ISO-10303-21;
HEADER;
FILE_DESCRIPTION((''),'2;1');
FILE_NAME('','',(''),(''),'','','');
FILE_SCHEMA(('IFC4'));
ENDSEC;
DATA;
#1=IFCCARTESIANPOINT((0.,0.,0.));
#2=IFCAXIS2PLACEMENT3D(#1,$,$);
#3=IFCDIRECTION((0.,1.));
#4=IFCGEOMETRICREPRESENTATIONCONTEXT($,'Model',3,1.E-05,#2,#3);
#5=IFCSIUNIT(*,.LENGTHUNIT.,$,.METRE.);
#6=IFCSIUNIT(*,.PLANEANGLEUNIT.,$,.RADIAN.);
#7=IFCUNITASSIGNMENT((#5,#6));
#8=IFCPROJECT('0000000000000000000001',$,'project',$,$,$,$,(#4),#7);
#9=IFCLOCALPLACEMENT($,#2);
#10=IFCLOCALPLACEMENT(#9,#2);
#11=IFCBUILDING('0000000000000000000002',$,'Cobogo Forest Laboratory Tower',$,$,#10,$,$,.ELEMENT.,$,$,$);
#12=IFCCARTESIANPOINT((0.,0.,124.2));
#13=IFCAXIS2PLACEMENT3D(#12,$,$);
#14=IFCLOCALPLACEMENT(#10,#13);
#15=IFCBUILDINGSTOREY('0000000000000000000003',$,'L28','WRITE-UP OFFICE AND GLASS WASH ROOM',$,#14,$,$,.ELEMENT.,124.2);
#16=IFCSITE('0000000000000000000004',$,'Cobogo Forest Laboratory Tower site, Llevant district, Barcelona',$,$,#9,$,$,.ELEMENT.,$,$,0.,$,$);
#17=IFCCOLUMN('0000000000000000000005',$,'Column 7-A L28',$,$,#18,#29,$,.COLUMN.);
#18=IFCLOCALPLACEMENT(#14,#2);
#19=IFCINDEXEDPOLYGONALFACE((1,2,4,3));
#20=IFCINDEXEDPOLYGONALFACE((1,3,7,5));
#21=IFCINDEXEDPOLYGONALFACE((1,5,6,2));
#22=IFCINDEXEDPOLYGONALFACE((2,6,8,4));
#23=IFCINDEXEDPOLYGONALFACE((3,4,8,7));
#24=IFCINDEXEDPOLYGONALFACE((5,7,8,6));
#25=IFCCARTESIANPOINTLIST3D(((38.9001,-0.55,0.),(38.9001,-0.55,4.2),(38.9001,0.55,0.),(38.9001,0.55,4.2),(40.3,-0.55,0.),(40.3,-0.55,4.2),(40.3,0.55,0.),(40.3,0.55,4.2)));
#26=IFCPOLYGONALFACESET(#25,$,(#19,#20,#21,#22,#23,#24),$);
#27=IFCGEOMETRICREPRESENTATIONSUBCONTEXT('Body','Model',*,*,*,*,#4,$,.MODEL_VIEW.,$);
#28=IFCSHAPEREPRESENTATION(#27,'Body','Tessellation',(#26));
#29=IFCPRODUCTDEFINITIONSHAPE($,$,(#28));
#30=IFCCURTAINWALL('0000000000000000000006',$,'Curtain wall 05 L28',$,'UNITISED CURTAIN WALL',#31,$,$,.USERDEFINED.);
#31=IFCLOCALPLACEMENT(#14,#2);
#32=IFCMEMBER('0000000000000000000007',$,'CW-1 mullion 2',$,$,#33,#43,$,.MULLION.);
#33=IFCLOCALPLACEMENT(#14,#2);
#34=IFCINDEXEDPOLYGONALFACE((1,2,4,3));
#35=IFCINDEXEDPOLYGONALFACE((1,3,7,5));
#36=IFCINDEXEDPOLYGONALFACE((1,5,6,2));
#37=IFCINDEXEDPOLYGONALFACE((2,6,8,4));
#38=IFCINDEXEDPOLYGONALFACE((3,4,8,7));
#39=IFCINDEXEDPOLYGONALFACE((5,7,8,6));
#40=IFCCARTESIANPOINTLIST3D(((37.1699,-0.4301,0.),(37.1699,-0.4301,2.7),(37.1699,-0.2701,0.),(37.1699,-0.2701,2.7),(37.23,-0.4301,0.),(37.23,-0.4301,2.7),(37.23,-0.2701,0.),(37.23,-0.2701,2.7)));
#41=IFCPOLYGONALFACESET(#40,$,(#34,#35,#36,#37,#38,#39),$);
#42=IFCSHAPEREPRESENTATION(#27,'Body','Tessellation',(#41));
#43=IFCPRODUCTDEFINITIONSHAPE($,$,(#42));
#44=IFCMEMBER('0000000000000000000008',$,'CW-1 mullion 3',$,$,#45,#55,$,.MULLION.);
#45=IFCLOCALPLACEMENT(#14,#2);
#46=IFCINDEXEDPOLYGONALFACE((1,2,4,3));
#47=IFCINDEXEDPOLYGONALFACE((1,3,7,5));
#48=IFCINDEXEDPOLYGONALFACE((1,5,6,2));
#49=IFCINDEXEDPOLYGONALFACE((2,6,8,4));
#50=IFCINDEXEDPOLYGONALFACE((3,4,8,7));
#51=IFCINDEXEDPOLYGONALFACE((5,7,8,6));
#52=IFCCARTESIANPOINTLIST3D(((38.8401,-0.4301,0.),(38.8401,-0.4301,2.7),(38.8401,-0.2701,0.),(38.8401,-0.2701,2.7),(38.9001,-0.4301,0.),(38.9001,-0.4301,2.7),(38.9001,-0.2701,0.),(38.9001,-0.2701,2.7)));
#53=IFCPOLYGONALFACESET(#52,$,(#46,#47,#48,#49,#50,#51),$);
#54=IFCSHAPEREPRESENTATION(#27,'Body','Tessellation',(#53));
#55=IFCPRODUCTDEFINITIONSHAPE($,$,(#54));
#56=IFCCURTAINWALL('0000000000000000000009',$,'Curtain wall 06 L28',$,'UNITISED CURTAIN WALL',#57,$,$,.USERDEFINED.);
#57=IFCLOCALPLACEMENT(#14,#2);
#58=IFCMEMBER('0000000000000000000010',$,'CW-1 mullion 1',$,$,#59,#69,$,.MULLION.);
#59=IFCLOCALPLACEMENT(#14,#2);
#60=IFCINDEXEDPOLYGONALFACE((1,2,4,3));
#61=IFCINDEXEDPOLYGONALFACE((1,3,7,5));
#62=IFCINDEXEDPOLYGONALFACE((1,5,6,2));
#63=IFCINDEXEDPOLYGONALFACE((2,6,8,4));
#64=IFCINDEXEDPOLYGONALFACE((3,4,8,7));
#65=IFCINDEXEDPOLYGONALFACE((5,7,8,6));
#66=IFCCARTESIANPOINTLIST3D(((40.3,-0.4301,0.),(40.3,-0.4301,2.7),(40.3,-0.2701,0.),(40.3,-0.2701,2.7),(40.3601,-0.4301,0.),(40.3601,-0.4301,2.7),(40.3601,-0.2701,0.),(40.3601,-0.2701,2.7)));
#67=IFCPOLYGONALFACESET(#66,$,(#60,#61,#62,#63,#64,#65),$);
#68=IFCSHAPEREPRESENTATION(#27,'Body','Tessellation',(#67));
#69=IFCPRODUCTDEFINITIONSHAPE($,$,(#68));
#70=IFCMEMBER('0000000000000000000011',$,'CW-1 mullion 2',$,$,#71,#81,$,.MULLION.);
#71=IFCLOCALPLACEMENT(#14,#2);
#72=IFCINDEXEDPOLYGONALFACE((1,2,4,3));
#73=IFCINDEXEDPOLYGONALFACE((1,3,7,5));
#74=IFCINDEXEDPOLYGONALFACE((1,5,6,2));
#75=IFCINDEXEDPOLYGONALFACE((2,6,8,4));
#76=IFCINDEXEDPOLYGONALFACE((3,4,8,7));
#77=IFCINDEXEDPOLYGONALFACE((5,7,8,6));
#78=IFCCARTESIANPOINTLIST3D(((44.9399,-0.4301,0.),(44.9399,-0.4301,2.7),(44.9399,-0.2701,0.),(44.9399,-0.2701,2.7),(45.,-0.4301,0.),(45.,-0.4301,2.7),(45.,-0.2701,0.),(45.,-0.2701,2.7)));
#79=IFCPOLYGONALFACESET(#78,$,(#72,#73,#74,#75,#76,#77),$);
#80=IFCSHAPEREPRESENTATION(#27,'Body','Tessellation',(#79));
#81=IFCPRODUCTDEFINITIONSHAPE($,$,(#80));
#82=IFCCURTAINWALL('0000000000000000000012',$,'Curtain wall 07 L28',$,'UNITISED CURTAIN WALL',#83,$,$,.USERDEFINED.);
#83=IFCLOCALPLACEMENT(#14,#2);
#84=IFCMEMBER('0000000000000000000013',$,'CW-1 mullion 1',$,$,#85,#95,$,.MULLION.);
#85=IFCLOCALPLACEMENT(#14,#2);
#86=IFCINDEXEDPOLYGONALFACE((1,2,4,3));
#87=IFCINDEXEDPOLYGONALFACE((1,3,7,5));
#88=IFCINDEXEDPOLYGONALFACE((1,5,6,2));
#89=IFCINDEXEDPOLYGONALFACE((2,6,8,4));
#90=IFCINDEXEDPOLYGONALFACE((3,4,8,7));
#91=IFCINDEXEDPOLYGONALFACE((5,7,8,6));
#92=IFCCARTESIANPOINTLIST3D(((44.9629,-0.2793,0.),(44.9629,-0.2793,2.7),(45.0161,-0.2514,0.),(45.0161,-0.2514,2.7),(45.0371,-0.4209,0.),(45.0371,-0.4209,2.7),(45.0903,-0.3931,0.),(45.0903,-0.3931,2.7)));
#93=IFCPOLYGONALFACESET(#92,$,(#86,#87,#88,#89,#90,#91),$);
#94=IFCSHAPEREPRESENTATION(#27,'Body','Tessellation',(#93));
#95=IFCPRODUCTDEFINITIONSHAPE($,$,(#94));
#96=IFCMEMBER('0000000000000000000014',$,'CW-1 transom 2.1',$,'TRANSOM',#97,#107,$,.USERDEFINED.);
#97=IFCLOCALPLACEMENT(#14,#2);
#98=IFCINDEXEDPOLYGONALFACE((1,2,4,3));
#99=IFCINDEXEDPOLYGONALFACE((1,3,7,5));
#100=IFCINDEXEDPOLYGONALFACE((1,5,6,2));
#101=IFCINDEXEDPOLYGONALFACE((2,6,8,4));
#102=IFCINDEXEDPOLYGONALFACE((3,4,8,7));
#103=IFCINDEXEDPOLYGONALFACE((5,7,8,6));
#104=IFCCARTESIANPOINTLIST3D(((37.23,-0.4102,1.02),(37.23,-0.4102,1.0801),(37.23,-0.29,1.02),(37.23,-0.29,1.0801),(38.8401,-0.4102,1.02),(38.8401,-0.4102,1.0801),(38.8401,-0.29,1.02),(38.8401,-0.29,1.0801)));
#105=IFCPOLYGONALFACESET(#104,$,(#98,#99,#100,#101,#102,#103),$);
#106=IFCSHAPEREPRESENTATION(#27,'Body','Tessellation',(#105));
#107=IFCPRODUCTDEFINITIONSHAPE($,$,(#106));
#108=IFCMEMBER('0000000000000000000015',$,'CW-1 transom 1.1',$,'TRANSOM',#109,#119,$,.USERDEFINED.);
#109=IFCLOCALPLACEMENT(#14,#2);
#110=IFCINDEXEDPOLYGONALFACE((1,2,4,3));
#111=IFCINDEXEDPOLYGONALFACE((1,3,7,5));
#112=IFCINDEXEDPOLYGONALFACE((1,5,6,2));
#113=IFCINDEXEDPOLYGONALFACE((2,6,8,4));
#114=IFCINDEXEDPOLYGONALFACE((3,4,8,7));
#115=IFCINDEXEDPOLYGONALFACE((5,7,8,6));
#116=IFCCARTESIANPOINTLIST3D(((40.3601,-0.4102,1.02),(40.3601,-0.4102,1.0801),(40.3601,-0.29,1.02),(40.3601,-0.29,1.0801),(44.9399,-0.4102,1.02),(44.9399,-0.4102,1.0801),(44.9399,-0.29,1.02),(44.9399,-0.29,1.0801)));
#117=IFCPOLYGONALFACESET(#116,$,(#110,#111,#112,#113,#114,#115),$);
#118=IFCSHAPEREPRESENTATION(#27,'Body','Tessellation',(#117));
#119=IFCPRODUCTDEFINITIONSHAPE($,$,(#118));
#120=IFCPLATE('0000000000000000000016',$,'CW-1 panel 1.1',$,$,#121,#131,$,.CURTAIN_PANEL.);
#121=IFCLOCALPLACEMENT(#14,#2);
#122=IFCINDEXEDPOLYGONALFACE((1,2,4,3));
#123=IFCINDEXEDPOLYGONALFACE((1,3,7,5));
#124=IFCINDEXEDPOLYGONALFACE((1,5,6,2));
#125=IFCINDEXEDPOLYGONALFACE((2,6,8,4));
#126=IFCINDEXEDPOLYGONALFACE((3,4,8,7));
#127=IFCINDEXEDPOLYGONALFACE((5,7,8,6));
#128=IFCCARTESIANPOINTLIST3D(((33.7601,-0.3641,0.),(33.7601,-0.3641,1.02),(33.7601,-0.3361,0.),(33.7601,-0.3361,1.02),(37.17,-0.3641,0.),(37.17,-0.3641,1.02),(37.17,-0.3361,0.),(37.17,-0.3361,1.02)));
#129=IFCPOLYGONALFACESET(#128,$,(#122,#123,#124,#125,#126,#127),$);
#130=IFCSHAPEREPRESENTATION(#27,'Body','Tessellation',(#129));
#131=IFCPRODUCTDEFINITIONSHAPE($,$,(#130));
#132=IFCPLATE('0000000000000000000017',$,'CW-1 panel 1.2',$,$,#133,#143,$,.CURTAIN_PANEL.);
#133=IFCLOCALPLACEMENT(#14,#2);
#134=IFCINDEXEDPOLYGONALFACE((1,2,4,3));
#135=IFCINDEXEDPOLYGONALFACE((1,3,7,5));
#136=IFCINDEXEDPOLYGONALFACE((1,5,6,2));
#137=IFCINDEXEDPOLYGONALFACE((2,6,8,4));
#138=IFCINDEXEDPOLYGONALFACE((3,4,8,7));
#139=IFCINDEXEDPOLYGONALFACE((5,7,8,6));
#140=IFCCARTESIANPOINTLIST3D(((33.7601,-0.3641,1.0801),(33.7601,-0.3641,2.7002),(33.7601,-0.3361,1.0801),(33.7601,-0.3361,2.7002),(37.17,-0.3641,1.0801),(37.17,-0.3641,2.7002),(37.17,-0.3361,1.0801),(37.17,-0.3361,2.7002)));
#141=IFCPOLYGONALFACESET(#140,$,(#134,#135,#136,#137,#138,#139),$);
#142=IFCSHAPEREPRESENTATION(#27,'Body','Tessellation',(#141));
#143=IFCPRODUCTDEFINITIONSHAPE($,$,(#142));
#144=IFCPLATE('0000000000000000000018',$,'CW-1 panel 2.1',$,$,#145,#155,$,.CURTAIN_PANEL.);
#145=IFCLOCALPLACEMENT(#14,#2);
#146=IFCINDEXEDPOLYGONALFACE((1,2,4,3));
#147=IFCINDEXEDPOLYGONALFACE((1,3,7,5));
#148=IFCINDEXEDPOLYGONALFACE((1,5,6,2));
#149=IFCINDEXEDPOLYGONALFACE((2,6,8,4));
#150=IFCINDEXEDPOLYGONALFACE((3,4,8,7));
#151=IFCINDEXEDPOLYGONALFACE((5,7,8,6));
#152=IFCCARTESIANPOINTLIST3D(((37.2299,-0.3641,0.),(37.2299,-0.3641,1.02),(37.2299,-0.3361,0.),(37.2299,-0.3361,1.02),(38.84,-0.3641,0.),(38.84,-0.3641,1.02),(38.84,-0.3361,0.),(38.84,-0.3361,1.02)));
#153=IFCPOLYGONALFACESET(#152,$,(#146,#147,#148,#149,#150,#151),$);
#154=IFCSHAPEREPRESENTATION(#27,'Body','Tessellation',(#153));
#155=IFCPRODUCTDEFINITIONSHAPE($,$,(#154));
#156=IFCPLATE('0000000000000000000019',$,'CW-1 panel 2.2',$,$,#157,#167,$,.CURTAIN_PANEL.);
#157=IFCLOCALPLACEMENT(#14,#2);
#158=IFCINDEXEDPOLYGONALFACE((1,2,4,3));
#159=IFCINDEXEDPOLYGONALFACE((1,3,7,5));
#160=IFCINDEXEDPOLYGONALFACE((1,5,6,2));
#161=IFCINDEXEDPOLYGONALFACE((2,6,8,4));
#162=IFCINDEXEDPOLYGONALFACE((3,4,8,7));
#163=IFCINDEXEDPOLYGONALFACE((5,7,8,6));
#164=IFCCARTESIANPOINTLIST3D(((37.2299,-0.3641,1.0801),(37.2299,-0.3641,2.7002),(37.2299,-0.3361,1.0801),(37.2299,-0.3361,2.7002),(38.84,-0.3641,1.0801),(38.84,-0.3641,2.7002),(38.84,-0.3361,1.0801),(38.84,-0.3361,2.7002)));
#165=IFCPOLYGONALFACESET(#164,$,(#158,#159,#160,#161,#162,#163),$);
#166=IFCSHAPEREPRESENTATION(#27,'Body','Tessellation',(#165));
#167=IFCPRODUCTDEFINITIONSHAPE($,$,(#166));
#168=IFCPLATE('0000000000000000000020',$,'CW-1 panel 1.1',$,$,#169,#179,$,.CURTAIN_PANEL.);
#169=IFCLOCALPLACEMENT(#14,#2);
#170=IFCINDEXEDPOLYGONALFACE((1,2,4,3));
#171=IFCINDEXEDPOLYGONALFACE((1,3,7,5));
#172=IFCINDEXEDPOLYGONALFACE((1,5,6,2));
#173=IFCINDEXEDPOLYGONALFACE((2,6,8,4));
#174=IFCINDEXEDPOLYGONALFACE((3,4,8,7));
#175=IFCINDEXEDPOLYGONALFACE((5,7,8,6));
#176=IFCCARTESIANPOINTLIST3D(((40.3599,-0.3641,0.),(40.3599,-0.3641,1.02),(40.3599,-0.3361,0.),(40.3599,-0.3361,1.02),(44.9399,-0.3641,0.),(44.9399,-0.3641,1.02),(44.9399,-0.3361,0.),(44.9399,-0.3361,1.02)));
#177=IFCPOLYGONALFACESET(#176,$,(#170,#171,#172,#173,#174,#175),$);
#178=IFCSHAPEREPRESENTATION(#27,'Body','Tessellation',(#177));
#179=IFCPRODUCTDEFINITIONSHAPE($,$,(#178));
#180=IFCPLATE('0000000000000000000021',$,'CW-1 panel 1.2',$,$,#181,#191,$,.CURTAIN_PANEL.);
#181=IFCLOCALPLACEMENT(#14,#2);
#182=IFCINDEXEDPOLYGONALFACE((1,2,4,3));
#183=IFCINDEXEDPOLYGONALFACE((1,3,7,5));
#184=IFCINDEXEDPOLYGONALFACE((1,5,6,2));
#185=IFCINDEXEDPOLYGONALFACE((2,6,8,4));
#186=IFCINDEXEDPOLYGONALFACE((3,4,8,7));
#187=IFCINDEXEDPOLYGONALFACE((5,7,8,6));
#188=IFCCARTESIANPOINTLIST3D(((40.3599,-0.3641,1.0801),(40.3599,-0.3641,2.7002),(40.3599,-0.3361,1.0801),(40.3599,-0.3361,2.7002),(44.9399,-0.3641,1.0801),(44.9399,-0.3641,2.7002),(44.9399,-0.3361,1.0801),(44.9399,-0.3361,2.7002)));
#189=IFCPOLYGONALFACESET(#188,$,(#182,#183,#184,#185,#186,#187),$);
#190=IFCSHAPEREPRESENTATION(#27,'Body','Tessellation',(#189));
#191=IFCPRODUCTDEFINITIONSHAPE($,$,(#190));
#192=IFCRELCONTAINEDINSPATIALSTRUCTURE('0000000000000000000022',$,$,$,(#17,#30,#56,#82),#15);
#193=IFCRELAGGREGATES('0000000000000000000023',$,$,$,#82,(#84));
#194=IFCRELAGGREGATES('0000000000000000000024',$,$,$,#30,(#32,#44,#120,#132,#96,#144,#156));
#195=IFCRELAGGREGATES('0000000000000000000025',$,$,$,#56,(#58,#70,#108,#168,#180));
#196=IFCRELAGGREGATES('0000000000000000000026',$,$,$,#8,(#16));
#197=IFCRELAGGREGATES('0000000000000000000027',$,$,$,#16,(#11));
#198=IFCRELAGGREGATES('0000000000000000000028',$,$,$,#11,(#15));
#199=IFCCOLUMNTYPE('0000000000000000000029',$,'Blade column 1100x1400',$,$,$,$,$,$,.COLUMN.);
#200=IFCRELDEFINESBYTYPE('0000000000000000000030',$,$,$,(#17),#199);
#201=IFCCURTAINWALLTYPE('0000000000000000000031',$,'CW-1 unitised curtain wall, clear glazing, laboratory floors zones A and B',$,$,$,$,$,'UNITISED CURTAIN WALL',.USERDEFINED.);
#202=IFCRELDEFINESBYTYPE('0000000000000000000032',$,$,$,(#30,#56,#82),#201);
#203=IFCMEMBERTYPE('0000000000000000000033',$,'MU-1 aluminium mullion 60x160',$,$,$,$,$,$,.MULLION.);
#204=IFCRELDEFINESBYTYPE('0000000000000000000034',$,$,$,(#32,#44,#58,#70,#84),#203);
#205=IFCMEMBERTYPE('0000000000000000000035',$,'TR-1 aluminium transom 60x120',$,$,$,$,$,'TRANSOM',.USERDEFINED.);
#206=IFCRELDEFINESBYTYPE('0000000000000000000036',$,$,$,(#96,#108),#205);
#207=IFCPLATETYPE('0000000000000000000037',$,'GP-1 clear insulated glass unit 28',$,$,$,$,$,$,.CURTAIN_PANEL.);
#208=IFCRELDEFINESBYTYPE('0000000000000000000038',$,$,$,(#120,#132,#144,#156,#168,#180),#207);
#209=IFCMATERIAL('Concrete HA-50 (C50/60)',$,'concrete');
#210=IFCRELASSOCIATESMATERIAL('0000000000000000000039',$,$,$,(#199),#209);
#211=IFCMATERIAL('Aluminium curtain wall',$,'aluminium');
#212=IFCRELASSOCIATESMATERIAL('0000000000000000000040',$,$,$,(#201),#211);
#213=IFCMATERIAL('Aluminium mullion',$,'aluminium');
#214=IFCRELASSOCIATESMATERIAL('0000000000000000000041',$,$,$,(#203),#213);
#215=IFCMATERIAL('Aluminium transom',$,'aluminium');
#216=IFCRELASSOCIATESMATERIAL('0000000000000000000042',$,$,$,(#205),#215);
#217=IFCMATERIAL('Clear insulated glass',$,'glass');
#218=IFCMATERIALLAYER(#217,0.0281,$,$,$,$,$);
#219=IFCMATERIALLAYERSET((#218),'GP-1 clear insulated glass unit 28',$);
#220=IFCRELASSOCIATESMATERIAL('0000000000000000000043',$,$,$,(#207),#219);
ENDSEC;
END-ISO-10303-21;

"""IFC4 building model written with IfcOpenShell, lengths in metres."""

from ifc_helpers import new_model, si_unit, direction, frame, origin, origin_2d, place, context, subcontext, project, spatial, rectangle, extrude, material, layer, layer_set, material_profile, profile_set, type_object, element, aggregate, save


model = new_model("IFC4")

# Units and contexts
model_context = context("Model", 3, precision=1e-05, world=origin(), true_north=direction((0.0, 1.0)))
body_context = subcontext(model_context, "Body", "Model", "MODEL_VIEW")
ifc_project = project(units=[si_unit("LENGTHUNIT", "METRE"), si_unit("PLANEANGLEUNIT", "RADIAN")], contexts=[model_context])

# Site, building, storey
site_placement = place(None, origin())
site = spatial("IfcSite", under=ifc_project, at=site_placement, Name="Cobogo Forest Laboratory Tower site, Llevant district, Barcelona", CompositionType="ELEMENT", RefElevation=0.0)
building_placement = place(site_placement, origin())
building = spatial("IfcBuilding", under=site, at=building_placement, Name="Cobogo Forest Laboratory Tower", CompositionType="ELEMENT")
storey_placement = place(building_placement, frame((0.0, 0.0, 124.2)))
storey = spatial("IfcBuildingStorey", under=building, at=storey_placement, Name="L28", Description="WRITE-UP OFFICE AND GLASS WASH ROOM", CompositionType="ELEMENT", Elevation=124.2)

# Column
ifc_material_1 = material(Name="Concrete HA-50 (C50/60)", Category="concrete")
ifc_material_profile_1 = material_profile(ifc_material_1, rectangle(XDim=1.3999, YDim=1.1001, at=origin_2d()), Name="RC 1100x1400")
ifc_profile_set_1 = profile_set([ifc_material_profile_1], Name="Concrete HA-50 (C50/60)")
column_type = type_object("IfcColumnType", Name="Blade column 1100x1400", PredefinedType="COLUMN", material=ifc_profile_set_1)
column_placement = place(storey_placement, frame((39.6001, 0.0, 0.0), z_axis=(0.0, 0.0, 1.0), x_axis=(1.0, 0.0, 0.0)))
element("IfcColumn", 1, at=column_placement, inside=storey, type_object=column_type, Name="Column 7-A L28", PredefinedType="COLUMN", context=body_context, shape_type="SweptSolid", body=[
    extrude(rectangle(XDim=1.3999, YDim=1.1001, at=origin_2d()), origin(), (0.0, 0.0, 1.0), 4.2),
])

# Curtain walls, members
ifc_material_2 = material(Name="Aluminium curtain wall", Category="aluminium")
curtain_wall_type = type_object("IfcCurtainWallType", Name="CW-1 unitised curtain wall, clear glazing, laboratory floors zones A and B", ElementType="UNITISED CURTAIN WALL", PredefinedType="USERDEFINED", material=ifc_material_2)
curtain_wall_1_placement = place(storey_placement, origin())
curtain_wall_1 = element("IfcCurtainWall", 2, at=curtain_wall_1_placement, inside=storey, type_object=curtain_wall_type, Name="Curtain wall 05 L28", ObjectType="UNITISED CURTAIN WALL", PredefinedType="USERDEFINED")
ifc_material_3 = material(Name="Aluminium mullion", Category="aluminium")
ifc_material_profile_2 = material_profile(ifc_material_3, rectangle(XDim=0.0601, YDim=0.1599, at=origin_2d()), Name="AL 60x160")
ifc_profile_set_2 = profile_set([ifc_material_profile_2], Name="Aluminium mullion")
member_type_1 = type_object("IfcMemberType", Name="MU-1 aluminium mullion 60x160", PredefinedType="MULLION", material=ifc_profile_set_2)
member_1_placement = place(storey_placement, frame((37.2, -0.3501, 0.0), z_axis=(0.0, 0.0, 1.0), x_axis=(1.0, 0.0, 0.0)))
member_1 = element("IfcMember", 3, at=member_1_placement, type_object=member_type_1, Name="CW-1 mullion 2", PredefinedType="MULLION", context=body_context, shape_type="SweptSolid", body=[
    extrude(rectangle(XDim=0.0601, YDim=0.1599, at=origin_2d()), origin(), (0.0, 0.0, 1.0), 2.7),
])
member_2_placement = place(storey_placement, frame((38.8701, -0.3501, 0.0), z_axis=(0.0, 0.0, 1.0), x_axis=(1.0, 0.0, 0.0)))
member_2 = element("IfcMember", 4, at=member_2_placement, type_object=member_type_1, Name="CW-1 mullion 3", PredefinedType="MULLION", context=body_context, shape_type="SweptSolid", body=[
    extrude(rectangle(XDim=0.0601, YDim=0.1599, at=origin_2d()), origin(), (0.0, 0.0, 1.0), 2.7),
])
curtain_wall_2_placement = place(storey_placement, origin())
curtain_wall_2 = element("IfcCurtainWall", 5, at=curtain_wall_2_placement, inside=storey, type_object=curtain_wall_type, Name="Curtain wall 06 L28", ObjectType="UNITISED CURTAIN WALL", PredefinedType="USERDEFINED")
member_3_placement = place(storey_placement, frame((40.3301, -0.3501, 0.0), z_axis=(0.0, 0.0, 1.0), x_axis=(1.0, 0.0, 0.0)))
member_3 = element("IfcMember", 6, at=member_3_placement, type_object=member_type_1, Name="CW-1 mullion 1", PredefinedType="MULLION", context=body_context, shape_type="SweptSolid", body=[
    extrude(rectangle(XDim=0.0601, YDim=0.1599, at=origin_2d()), origin(), (0.0, 0.0, 1.0), 2.7),
])
member_4_placement = place(storey_placement, frame((44.97, -0.3501, 0.0), z_axis=(0.0, 0.0, 1.0), x_axis=(1.0, 0.0, 0.0)))
member_4 = element("IfcMember", 7, at=member_4_placement, type_object=member_type_1, Name="CW-1 mullion 2", PredefinedType="MULLION", context=body_context, shape_type="SweptSolid", body=[
    extrude(rectangle(XDim=0.0601, YDim=0.1599, at=origin_2d()), origin(), (0.0, 0.0, 1.0), 2.7),
])

# Curtain wall, member
curtain_wall_3_placement = place(storey_placement, origin())
curtain_wall_3 = element("IfcCurtainWall", 8, at=curtain_wall_3_placement, inside=storey, type_object=curtain_wall_type, Name="Curtain wall 07 L28", ObjectType="UNITISED CURTAIN WALL", PredefinedType="USERDEFINED")
member_5_placement = place(storey_placement, frame((45.0266, -0.3362, 0.0), z_axis=(0.0, 0.0, 1.0), x_axis=(0.885687, 0.464284, 0.0)))
member_5 = element("IfcMember", 9, at=member_5_placement, type_object=member_type_1, Name="CW-1 mullion 1", PredefinedType="MULLION", context=body_context, shape_type="SweptSolid", body=[
    extrude(rectangle(XDim=0.0601, YDim=0.1599, at=origin_2d()), origin(), (0.0, 0.0, 1.0), 2.7),
])
aggregate(curtain_wall_3, [member_5])

# Members
ifc_material_4 = material(Name="Aluminium transom", Category="aluminium")
ifc_material_profile_3 = material_profile(ifc_material_4, rectangle(XDim=0.1201, YDim=0.0601, at=origin_2d()), Name="AL 60x120")
ifc_profile_set_3 = profile_set([ifc_material_profile_3], Name="Aluminium transom")
member_type_2 = type_object("IfcMemberType", Name="TR-1 aluminium transom 60x120", ElementType="TRANSOM", PredefinedType="USERDEFINED", material=ifc_profile_set_3)
member_6_placement = place(storey_placement, frame((37.23, -0.3501, 1.05), z_axis=(1.0, 0.0, 0.0), x_axis=(0.0, 1.0, 0.0)))
member_6 = element("IfcMember", 10, at=member_6_placement, type_object=member_type_2, Name="CW-1 transom 2.1", ObjectType="TRANSOM", PredefinedType="USERDEFINED", context=body_context, shape_type="SweptSolid", body=[
    extrude(rectangle(XDim=0.1201, YDim=0.0601, at=origin_2d()), origin(), (0.0, 0.0, 1.0), 1.6101),
])
member_7_placement = place(storey_placement, frame((40.3601, -0.3501, 1.05), z_axis=(1.0, 0.0, 0.0), x_axis=(0.0, 1.0, 0.0)))
member_7 = element("IfcMember", 11, at=member_7_placement, type_object=member_type_2, Name="CW-1 transom 1.1", ObjectType="TRANSOM", PredefinedType="USERDEFINED", context=body_context, shape_type="SweptSolid", body=[
    extrude(rectangle(XDim=0.1201, YDim=0.0601, at=origin_2d()), origin(), (0.0, 0.0, 1.0), 4.5798),
])

# Plates
ifc_material_5 = material(Name="Clear insulated glass", Category="glass")
ifc_layer_1 = layer(ifc_material_5, 0.0281)
ifc_layer_set_1 = layer_set([ifc_layer_1], Name="GP-1 clear insulated glass unit 28")
plate_type = type_object("IfcPlateType", Name="GP-1 clear insulated glass unit 28", PredefinedType="CURTAIN_PANEL", material=ifc_layer_set_1)
plate_1_placement = place(storey_placement, frame((35.4651, -0.3501, 0.0), z_axis=(0.0, 0.0, 1.0), x_axis=(1.0, 0.0, 0.0)))
plate_1 = element("IfcPlate", 12, at=plate_1_placement, type_object=plate_type, Name="CW-1 panel 1.1", PredefinedType="CURTAIN_PANEL", context=body_context, shape_type="SweptSolid", body=[
    extrude(rectangle(XDim=3.4099, YDim=0.0281, at=origin_2d()), origin(), (0.0, 0.0, 1.0), 1.02),
])
plate_2_placement = place(storey_placement, frame((35.4651, -0.3501, 1.0801), z_axis=(0.0, 0.0, 1.0), x_axis=(1.0, 0.0, 0.0)))
plate_2 = element("IfcPlate", 13, at=plate_2_placement, type_object=plate_type, Name="CW-1 panel 1.2", PredefinedType="CURTAIN_PANEL", context=body_context, shape_type="SweptSolid", body=[
    extrude(rectangle(XDim=3.4099, YDim=0.0281, at=origin_2d()), origin(), (0.0, 0.0, 1.0), 1.6201),
])
plate_3_placement = place(storey_placement, frame((38.0349, -0.3501, 0.0), z_axis=(0.0, 0.0, 1.0), x_axis=(1.0, 0.0, 0.0)))
plate_3 = element("IfcPlate", 14, at=plate_3_placement, type_object=plate_type, Name="CW-1 panel 2.1", PredefinedType="CURTAIN_PANEL", context=body_context, shape_type="SweptSolid", body=[
    extrude(rectangle(XDim=1.6101, YDim=0.0281, at=origin_2d()), origin(), (0.0, 0.0, 1.0), 1.02),
])
plate_4_placement = place(storey_placement, frame((38.0349, -0.3501, 1.0801), z_axis=(0.0, 0.0, 1.0), x_axis=(1.0, 0.0, 0.0)))
plate_4 = element("IfcPlate", 15, at=plate_4_placement, type_object=plate_type, Name="CW-1 panel 2.2", PredefinedType="CURTAIN_PANEL", context=body_context, shape_type="SweptSolid", body=[
    extrude(rectangle(XDim=1.6101, YDim=0.0281, at=origin_2d()), origin(), (0.0, 0.0, 1.0), 1.6201),
])
aggregate(curtain_wall_1, [member_1, member_2, plate_1, plate_2, member_6, plate_3, plate_4])
plate_5_placement = place(storey_placement, frame((42.6499, -0.3501, 0.0), z_axis=(0.0, 0.0, 1.0), x_axis=(1.0, 0.0, 0.0)))
plate_5 = element("IfcPlate", 16, at=plate_5_placement, type_object=plate_type, Name="CW-1 panel 1.1", PredefinedType="CURTAIN_PANEL", context=body_context, shape_type="SweptSolid", body=[
    extrude(rectangle(XDim=4.5801, YDim=0.0281, at=origin_2d()), origin(), (0.0, 0.0, 1.0), 1.02),
])
plate_6_placement = place(storey_placement, frame((42.6499, -0.3501, 1.0801), z_axis=(0.0, 0.0, 1.0), x_axis=(1.0, 0.0, 0.0)))
plate_6 = element("IfcPlate", 17, at=plate_6_placement, type_object=plate_type, Name="CW-1 panel 1.2", PredefinedType="CURTAIN_PANEL", context=body_context, shape_type="SweptSolid", body=[
    extrude(rectangle(XDim=4.5801, YDim=0.0281, at=origin_2d()), origin(), (0.0, 0.0, 1.0), 1.6201),
])
aggregate(curtain_wall_2, [member_3, member_4, member_7, plate_5, plate_6])

save(model, "model.ifc")
